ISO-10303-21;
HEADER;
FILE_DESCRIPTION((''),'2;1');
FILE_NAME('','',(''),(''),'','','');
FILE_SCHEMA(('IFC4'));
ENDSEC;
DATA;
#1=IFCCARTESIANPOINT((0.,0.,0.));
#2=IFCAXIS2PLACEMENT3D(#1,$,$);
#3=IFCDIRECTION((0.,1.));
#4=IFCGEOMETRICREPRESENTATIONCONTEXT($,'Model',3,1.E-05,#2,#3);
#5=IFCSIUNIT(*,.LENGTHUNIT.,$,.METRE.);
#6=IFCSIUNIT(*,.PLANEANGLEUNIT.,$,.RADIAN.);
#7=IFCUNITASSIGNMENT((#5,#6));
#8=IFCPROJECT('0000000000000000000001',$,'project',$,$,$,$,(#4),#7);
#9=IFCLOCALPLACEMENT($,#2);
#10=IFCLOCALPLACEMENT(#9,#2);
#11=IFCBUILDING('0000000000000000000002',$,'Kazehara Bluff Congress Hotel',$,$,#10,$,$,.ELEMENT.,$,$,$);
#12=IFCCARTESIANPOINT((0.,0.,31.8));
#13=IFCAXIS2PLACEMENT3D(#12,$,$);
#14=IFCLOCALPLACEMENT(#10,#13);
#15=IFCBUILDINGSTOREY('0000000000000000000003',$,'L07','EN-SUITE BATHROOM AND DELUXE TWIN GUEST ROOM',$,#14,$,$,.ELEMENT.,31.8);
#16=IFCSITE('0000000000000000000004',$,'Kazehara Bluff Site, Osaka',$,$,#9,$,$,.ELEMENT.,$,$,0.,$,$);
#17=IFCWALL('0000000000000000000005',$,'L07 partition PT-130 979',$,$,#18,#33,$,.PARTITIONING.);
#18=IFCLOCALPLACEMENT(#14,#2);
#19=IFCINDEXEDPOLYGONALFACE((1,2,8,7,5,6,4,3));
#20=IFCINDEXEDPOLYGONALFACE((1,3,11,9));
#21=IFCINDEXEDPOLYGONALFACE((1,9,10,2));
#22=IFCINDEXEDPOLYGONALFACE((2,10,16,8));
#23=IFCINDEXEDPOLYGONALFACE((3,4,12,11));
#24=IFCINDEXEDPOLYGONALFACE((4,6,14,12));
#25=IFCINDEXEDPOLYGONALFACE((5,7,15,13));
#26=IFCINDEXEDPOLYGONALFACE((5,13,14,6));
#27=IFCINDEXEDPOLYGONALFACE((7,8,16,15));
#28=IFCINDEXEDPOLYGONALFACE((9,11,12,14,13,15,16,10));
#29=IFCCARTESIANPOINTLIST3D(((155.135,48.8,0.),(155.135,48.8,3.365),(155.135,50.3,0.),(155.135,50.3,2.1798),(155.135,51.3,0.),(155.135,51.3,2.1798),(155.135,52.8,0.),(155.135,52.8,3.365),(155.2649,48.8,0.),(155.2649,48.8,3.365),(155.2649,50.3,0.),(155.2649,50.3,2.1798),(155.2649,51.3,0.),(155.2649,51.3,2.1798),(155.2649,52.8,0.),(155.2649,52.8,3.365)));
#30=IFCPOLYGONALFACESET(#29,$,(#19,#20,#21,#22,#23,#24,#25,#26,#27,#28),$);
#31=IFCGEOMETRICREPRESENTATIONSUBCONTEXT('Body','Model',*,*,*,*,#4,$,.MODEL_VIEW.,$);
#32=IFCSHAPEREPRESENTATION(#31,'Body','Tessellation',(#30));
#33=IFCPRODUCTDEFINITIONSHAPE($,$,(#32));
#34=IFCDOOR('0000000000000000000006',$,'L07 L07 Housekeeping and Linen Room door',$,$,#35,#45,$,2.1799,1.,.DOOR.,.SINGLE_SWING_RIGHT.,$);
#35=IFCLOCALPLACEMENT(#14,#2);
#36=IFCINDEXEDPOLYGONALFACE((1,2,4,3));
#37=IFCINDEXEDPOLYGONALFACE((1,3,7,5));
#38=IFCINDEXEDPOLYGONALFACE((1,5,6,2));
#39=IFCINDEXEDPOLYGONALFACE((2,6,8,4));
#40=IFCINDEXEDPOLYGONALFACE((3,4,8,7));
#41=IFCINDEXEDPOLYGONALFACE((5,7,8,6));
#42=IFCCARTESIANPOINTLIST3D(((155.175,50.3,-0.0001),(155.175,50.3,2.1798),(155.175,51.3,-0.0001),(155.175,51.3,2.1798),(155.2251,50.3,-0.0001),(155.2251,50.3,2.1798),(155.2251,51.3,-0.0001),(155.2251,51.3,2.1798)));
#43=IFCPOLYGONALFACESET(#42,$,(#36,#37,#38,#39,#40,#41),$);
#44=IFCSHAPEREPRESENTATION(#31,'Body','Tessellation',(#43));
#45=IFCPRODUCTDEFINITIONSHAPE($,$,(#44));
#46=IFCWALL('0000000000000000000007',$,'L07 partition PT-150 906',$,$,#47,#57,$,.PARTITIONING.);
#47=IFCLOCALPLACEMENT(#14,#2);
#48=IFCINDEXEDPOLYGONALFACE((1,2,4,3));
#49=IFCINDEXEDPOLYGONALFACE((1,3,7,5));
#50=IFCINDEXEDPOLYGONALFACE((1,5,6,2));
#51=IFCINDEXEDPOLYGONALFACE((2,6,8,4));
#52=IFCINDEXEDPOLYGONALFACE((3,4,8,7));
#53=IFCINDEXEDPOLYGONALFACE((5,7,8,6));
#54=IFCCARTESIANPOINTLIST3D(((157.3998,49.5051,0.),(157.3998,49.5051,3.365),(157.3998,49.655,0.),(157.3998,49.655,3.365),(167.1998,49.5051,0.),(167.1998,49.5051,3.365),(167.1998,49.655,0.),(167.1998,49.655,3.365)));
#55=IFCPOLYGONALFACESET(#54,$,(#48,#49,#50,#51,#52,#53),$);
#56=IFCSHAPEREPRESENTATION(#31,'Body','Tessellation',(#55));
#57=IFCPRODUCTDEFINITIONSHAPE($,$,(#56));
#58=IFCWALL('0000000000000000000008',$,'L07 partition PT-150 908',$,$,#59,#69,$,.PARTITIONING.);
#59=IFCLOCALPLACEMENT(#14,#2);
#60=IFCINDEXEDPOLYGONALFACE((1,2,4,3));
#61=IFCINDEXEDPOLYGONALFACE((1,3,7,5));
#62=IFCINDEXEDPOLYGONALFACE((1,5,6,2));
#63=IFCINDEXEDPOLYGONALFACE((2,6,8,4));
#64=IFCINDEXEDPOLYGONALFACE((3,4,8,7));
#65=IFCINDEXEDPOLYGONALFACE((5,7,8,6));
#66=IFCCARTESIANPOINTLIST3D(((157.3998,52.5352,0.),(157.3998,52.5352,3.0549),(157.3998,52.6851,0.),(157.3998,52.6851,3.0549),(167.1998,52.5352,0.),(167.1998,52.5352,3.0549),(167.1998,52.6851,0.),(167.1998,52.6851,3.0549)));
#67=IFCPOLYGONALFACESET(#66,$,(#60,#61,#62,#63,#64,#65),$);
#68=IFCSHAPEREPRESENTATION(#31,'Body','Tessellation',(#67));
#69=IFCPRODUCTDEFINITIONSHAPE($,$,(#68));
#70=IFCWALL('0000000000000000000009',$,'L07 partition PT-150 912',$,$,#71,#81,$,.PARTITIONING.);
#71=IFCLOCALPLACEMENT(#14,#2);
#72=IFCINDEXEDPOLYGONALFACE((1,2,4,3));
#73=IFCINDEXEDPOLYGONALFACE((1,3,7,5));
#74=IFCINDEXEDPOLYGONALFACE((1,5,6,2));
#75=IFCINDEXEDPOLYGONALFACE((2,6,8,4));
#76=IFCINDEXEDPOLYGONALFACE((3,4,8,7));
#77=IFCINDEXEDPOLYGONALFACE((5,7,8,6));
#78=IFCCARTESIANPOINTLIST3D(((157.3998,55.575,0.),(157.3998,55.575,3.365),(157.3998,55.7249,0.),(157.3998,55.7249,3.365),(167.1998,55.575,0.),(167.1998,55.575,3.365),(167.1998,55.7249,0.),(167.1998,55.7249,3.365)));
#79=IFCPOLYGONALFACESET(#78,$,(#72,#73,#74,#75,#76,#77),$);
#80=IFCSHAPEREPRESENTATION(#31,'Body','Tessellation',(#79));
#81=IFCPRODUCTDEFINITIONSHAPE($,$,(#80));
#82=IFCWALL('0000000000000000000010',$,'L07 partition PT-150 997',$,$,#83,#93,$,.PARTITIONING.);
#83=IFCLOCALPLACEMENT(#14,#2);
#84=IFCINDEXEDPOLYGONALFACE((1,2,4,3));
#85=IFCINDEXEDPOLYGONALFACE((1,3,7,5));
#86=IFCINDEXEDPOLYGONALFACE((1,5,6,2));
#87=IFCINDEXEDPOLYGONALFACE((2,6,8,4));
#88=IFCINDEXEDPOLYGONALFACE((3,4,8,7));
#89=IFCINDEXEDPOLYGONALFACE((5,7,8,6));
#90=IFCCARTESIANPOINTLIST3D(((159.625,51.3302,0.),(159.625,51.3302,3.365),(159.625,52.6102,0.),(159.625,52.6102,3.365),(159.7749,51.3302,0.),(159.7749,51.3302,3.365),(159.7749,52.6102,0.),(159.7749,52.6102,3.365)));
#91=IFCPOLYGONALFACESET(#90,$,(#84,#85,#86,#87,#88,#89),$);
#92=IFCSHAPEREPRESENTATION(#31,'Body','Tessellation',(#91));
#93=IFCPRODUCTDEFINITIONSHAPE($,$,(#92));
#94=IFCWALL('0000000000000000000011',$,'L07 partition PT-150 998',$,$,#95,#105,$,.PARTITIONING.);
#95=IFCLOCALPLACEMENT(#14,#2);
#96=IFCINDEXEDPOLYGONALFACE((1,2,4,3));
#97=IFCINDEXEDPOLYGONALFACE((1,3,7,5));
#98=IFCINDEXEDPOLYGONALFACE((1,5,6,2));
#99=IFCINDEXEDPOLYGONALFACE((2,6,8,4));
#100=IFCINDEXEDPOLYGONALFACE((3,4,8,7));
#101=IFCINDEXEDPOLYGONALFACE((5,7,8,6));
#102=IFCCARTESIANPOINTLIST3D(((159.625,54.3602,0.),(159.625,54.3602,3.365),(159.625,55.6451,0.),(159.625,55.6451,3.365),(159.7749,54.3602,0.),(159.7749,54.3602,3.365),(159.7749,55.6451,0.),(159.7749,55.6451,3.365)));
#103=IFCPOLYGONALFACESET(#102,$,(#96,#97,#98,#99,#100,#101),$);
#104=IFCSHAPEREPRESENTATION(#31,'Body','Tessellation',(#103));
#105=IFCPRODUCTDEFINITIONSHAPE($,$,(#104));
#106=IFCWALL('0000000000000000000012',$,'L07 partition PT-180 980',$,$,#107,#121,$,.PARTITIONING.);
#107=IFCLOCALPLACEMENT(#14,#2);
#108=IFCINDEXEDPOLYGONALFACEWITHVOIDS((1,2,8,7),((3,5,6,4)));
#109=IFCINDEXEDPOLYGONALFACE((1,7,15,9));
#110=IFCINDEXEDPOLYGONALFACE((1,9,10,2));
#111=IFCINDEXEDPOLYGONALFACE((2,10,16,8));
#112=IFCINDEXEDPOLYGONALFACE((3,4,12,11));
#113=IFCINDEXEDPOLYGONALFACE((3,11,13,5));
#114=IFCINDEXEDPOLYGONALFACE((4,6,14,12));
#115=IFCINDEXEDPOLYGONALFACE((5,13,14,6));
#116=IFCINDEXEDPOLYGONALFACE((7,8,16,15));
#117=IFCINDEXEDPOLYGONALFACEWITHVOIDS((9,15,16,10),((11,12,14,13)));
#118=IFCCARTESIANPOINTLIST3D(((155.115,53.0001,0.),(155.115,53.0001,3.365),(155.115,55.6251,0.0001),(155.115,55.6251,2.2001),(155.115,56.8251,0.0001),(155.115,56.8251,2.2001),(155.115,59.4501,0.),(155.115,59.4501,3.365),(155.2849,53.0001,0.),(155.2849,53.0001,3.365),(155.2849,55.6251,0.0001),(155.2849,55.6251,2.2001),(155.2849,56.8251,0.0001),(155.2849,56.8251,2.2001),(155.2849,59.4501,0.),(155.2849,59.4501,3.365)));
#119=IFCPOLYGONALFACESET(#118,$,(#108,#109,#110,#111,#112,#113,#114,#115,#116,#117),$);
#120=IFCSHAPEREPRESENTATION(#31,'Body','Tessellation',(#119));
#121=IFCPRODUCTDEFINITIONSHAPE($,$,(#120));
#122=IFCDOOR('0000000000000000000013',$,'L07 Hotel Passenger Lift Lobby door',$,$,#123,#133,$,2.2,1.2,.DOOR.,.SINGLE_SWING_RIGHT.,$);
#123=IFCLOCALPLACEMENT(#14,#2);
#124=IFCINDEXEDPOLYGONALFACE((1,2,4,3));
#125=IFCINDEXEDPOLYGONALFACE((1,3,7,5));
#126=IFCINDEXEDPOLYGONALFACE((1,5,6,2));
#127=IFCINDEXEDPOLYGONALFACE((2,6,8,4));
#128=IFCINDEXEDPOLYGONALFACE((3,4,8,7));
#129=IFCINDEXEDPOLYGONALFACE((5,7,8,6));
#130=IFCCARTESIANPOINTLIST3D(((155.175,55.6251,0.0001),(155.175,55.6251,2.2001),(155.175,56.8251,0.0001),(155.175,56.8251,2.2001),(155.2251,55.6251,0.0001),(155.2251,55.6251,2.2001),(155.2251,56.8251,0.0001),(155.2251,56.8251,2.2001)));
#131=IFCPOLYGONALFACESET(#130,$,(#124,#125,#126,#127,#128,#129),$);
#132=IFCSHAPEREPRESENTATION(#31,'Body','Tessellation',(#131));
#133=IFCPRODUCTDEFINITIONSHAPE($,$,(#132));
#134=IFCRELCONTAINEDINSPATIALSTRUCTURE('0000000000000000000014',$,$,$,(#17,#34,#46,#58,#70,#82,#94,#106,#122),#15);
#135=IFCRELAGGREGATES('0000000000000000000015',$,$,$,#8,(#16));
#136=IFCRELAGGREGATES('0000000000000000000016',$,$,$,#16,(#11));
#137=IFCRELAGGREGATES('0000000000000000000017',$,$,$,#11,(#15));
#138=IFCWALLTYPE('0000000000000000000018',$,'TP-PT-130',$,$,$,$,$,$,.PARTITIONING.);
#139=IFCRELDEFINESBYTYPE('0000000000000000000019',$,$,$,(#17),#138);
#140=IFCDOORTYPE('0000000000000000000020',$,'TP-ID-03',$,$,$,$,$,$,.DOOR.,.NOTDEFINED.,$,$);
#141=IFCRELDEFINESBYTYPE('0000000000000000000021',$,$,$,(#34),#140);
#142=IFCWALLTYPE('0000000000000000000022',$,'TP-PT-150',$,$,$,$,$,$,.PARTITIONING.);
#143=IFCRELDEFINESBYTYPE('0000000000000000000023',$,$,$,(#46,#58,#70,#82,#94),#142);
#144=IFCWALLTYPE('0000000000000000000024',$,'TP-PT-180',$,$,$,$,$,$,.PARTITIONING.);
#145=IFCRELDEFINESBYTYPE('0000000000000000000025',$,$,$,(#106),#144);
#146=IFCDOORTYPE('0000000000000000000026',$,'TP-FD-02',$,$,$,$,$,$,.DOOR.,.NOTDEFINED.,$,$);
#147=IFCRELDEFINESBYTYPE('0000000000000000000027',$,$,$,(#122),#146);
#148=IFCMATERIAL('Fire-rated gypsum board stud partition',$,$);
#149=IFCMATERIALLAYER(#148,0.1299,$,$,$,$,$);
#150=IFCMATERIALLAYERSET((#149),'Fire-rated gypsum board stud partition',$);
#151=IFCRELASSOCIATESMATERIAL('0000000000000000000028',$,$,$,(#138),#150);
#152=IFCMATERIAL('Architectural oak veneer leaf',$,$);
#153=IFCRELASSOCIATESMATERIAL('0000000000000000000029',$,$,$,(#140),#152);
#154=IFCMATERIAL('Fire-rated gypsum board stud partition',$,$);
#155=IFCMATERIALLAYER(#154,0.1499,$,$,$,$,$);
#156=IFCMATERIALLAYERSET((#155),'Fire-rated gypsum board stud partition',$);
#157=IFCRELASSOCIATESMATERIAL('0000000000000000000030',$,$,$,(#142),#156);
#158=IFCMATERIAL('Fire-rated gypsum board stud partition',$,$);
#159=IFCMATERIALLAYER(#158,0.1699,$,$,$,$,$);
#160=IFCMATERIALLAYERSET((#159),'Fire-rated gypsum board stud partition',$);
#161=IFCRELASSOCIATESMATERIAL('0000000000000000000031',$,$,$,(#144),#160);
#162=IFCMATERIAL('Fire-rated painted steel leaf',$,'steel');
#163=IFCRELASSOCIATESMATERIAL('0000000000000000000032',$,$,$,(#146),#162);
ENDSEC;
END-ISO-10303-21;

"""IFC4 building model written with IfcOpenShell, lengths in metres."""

from ifc_helpers import new_model, si_unit, direction, frame, frame_2d, origin, place, context, subcontext, project, spatial, rectangle, extrude, material, layer, layer_set, type_object, element, fill, save


model = new_model("IFC4")

# Units and contexts
model_context = context("Model", 3, precision=1e-05, world=origin(), true_north=direction((0.0, 1.0)))
body_context = subcontext(model_context, "Body", "Model", "MODEL_VIEW")
ifc_project = project(units=[si_unit("LENGTHUNIT", "METRE"), si_unit("PLANEANGLEUNIT", "RADIAN")], contexts=[model_context])

# Site, building, storey
site_placement = place(None, origin())
site = spatial("IfcSite", under=ifc_project, at=site_placement, Name="Kazehara Bluff Site, Osaka", CompositionType="ELEMENT", RefElevation=0.0)
building_placement = place(site_placement, origin())
building = spatial("IfcBuilding", under=site, at=building_placement, Name="Kazehara Bluff Congress Hotel", CompositionType="ELEMENT")
storey_placement = place(building_placement, frame((0.0, 0.0, 31.8)))
storey = spatial("IfcBuildingStorey", under=building, at=storey_placement, Name="L07", Description="EN-SUITE BATHROOM AND DELUXE TWIN GUEST ROOM", CompositionType="ELEMENT", Elevation=31.8)

# Wall, opening, door
ifc_material_1 = material(Name="Fire-rated gypsum board stud partition")
ifc_layer_1 = layer(ifc_material_1, 0.1299)
ifc_layer_set_1 = layer_set([ifc_layer_1], Name="Fire-rated gypsum board stud partition")
wall_type_1 = type_object("IfcWallType", Name="TP-PT-130", PredefinedType="PARTITIONING", material=ifc_layer_set_1)
wall_1_placement = place(storey_placement, frame((155.2, 48.8, 0.0), z_axis=(0.0, 0.0, 1.0), x_axis=(0.0, 1.0, 0.0)))
wall_1 = element("IfcWall", 1, at=wall_1_placement, inside=storey, type_object=wall_type_1, Name="L07 partition PT-130 979", PredefinedType="PARTITIONING", context=body_context, shape_type="SweptSolid", body=[
    extrude(rectangle(XDim=4.0, YDim=0.1299, at=frame_2d((2.0, 0.0))), origin(), (0.0, 0.0, 1.0), 3.365),
])
opening_1_placement = place(wall_1_placement, frame((1.5, 0.0, 0.0)))
opening_1 = element("IfcOpeningElement", 2, at=opening_1_placement, cuts=wall_1, PredefinedType="OPENING", context=body_context, shape_type="SweptSolid", body=[
    extrude(rectangle(XDim=1.0, YDim=2.1799, at=frame_2d((0.5, 1.0898))), frame((0.0, 0.075, 0.0), z_axis=(0.0, -1.0, 0.0), x_axis=(1.0, 0.0, 0.0)), (0.0, 0.0, 1.0), 0.1499),
])
ifc_material_2 = material(Name="Architectural oak veneer leaf")
door_type_1 = type_object("IfcDoorType", Name="TP-ID-03", OperationType="NOTDEFINED", PredefinedType="DOOR", material=ifc_material_2)
door_1_placement = place(opening_1_placement, origin())
door_1 = element("IfcDoor", 3, at=door_1_placement, inside=storey, type_object=door_type_1, Name="L07 L07 Housekeeping and Linen Room door", OperationType="SINGLE_SWING_RIGHT", OverallHeight=2.1799, OverallWidth=1.0, PredefinedType="DOOR", context=body_context, shape_type="SweptSolid", body=[
    extrude(rectangle(XDim=1.0, YDim=2.1799, at=frame_2d((0.5, 1.0898))), frame((0.0, 0.0249, 0.0), z_axis=(0.0, -1.0, 0.0), x_axis=(1.0, 0.0, 0.0)), (0.0, 0.0, 1.0), 0.05),
])
fill(opening_1, door_1)

# Wall
ifc_material_3 = material(Name="Fire-rated gypsum board stud partition")
ifc_layer_2 = layer(ifc_material_3, 0.1499)
ifc_layer_set_2 = layer_set([ifc_layer_2], Name="Fire-rated gypsum board stud partition")
wall_type_2 = type_object("IfcWallType", Name="TP-PT-150", PredefinedType="PARTITIONING", material=ifc_layer_set_2)
wall_2_placement = place(storey_placement, frame((157.3999, 49.5801, 0.0), z_axis=(0.0, 0.0, 1.0), x_axis=(1.0, 0.0, 0.0)))
element("IfcWall", 4, at=wall_2_placement, inside=storey, type_object=wall_type_2, Name="L07 partition PT-150 906", PredefinedType="PARTITIONING", context=body_context, shape_type="SweptSolid", body=[
    extrude(rectangle(XDim=9.8, YDim=0.1499, at=frame_2d((4.8999, 0.0))), origin(), (0.0, 0.0, 1.0), 3.365),
])

# Wall
wall_3_placement = place(storey_placement, frame((157.3999, 52.6101, 0.0), z_axis=(0.0, 0.0, 1.0), x_axis=(1.0, 0.0, 0.0)))
element("IfcWall", 5, at=wall_3_placement, inside=storey, type_object=wall_type_2, Name="L07 partition PT-150 908", PredefinedType="PARTITIONING", context=body_context, shape_type="SweptSolid", body=[
    extrude(rectangle(XDim=9.8, YDim=0.1499, at=frame_2d((4.8999, 0.0))), origin(), (0.0, 0.0, 1.0), 3.0549),
])

# Walls
wall_4_placement = place(storey_placement, frame((157.3999, 55.6499, 0.0), z_axis=(0.0, 0.0, 1.0), x_axis=(1.0, 0.0, 0.0)))
element("IfcWall", 6, at=wall_4_placement, inside=storey, type_object=wall_type_2, Name="L07 partition PT-150 912", PredefinedType="PARTITIONING", context=body_context, shape_type="SweptSolid", body=[
    extrude(rectangle(XDim=9.8, YDim=0.1499, at=frame_2d((4.8999, 0.0))), origin(), (0.0, 0.0, 1.0), 3.365),
])
wall_5_placement = place(storey_placement, frame((159.7, 51.3301, 0.0), z_axis=(0.0, 0.0, 1.0), x_axis=(0.0, 1.0, 0.0)))
element("IfcWall", 7, at=wall_5_placement, inside=storey, type_object=wall_type_2, Name="L07 partition PT-150 997", PredefinedType="PARTITIONING", context=body_context, shape_type="SweptSolid", body=[
    extrude(rectangle(XDim=1.28, YDim=0.1499, at=frame_2d((0.6401, 0.0))), origin(), (0.0, 0.0, 1.0), 3.365),
])
wall_6_placement = place(storey_placement, frame((159.7, 54.3601, 0.0), z_axis=(0.0, 0.0, 1.0), x_axis=(0.0, 1.0, 0.0)))
element("IfcWall", 8, at=wall_6_placement, inside=storey, type_object=wall_type_2, Name="L07 partition PT-150 998", PredefinedType="PARTITIONING", context=body_context, shape_type="SweptSolid", body=[
    extrude(rectangle(XDim=1.2849, YDim=0.1499, at=frame_2d((0.6426, 0.0))), origin(), (0.0, 0.0, 1.0), 3.365),
])

# Wall, opening, door
ifc_material_4 = material(Name="Fire-rated gypsum board stud partition")
ifc_layer_3 = layer(ifc_material_4, 0.1699)
ifc_layer_set_3 = layer_set([ifc_layer_3], Name="Fire-rated gypsum board stud partition")
wall_type_3 = type_object("IfcWallType", Name="TP-PT-180", PredefinedType="PARTITIONING", material=ifc_layer_set_3)
wall_7_placement = place(storey_placement, frame((155.2, 53.0, 0.0), z_axis=(0.0, 0.0, 1.0), x_axis=(0.0, 1.0, 0.0)))
wall_7 = element("IfcWall", 9, at=wall_7_placement, inside=storey, type_object=wall_type_3, Name="L07 partition PT-180 980", PredefinedType="PARTITIONING", context=body_context, shape_type="SweptSolid", body=[
    extrude(rectangle(XDim=6.45, YDim=0.1699, at=frame_2d((3.2251, 0.0))), origin(), (0.0, 0.0, 1.0), 3.365),
])
opening_2_placement = place(wall_7_placement, frame((2.625, 0.0, 0.0)))
opening_2 = element("IfcOpeningElement", 10, at=opening_2_placement, cuts=wall_7, PredefinedType="OPENING", context=body_context, shape_type="SweptSolid", body=[
    extrude(rectangle(XDim=1.2, YDim=2.2, at=frame_2d((0.6001, 1.1001))), frame((0.0, 0.095, 0.0), z_axis=(0.0, -1.0, 0.0), x_axis=(1.0, 0.0, 0.0)), (0.0, 0.0, 1.0), 0.1899),
])
ifc_material_5 = material(Name="Fire-rated painted steel leaf", Category="steel")
door_type_2 = type_object("IfcDoorType", Name="TP-FD-02", OperationType="NOTDEFINED", PredefinedType="DOOR", material=ifc_material_5)
door_2_placement = place(opening_2_placement, origin())
door_2 = element("IfcDoor", 11, at=door_2_placement, inside=storey, type_object=door_type_2, Name="L07 Hotel Passenger Lift Lobby door", OperationType="SINGLE_SWING_RIGHT", OverallHeight=2.2, OverallWidth=1.2, PredefinedType="DOOR", context=body_context, shape_type="SweptSolid", body=[
    extrude(rectangle(XDim=1.2, YDim=2.2, at=frame_2d((0.6001, 1.1001))), frame((0.0, 0.0249, 0.0), z_axis=(0.0, -1.0, 0.0), x_axis=(1.0, 0.0, 0.0)), (0.0, 0.0, 1.0), 0.05),
])
fill(opening_2, door_2)

save(model, "model.ifc")
